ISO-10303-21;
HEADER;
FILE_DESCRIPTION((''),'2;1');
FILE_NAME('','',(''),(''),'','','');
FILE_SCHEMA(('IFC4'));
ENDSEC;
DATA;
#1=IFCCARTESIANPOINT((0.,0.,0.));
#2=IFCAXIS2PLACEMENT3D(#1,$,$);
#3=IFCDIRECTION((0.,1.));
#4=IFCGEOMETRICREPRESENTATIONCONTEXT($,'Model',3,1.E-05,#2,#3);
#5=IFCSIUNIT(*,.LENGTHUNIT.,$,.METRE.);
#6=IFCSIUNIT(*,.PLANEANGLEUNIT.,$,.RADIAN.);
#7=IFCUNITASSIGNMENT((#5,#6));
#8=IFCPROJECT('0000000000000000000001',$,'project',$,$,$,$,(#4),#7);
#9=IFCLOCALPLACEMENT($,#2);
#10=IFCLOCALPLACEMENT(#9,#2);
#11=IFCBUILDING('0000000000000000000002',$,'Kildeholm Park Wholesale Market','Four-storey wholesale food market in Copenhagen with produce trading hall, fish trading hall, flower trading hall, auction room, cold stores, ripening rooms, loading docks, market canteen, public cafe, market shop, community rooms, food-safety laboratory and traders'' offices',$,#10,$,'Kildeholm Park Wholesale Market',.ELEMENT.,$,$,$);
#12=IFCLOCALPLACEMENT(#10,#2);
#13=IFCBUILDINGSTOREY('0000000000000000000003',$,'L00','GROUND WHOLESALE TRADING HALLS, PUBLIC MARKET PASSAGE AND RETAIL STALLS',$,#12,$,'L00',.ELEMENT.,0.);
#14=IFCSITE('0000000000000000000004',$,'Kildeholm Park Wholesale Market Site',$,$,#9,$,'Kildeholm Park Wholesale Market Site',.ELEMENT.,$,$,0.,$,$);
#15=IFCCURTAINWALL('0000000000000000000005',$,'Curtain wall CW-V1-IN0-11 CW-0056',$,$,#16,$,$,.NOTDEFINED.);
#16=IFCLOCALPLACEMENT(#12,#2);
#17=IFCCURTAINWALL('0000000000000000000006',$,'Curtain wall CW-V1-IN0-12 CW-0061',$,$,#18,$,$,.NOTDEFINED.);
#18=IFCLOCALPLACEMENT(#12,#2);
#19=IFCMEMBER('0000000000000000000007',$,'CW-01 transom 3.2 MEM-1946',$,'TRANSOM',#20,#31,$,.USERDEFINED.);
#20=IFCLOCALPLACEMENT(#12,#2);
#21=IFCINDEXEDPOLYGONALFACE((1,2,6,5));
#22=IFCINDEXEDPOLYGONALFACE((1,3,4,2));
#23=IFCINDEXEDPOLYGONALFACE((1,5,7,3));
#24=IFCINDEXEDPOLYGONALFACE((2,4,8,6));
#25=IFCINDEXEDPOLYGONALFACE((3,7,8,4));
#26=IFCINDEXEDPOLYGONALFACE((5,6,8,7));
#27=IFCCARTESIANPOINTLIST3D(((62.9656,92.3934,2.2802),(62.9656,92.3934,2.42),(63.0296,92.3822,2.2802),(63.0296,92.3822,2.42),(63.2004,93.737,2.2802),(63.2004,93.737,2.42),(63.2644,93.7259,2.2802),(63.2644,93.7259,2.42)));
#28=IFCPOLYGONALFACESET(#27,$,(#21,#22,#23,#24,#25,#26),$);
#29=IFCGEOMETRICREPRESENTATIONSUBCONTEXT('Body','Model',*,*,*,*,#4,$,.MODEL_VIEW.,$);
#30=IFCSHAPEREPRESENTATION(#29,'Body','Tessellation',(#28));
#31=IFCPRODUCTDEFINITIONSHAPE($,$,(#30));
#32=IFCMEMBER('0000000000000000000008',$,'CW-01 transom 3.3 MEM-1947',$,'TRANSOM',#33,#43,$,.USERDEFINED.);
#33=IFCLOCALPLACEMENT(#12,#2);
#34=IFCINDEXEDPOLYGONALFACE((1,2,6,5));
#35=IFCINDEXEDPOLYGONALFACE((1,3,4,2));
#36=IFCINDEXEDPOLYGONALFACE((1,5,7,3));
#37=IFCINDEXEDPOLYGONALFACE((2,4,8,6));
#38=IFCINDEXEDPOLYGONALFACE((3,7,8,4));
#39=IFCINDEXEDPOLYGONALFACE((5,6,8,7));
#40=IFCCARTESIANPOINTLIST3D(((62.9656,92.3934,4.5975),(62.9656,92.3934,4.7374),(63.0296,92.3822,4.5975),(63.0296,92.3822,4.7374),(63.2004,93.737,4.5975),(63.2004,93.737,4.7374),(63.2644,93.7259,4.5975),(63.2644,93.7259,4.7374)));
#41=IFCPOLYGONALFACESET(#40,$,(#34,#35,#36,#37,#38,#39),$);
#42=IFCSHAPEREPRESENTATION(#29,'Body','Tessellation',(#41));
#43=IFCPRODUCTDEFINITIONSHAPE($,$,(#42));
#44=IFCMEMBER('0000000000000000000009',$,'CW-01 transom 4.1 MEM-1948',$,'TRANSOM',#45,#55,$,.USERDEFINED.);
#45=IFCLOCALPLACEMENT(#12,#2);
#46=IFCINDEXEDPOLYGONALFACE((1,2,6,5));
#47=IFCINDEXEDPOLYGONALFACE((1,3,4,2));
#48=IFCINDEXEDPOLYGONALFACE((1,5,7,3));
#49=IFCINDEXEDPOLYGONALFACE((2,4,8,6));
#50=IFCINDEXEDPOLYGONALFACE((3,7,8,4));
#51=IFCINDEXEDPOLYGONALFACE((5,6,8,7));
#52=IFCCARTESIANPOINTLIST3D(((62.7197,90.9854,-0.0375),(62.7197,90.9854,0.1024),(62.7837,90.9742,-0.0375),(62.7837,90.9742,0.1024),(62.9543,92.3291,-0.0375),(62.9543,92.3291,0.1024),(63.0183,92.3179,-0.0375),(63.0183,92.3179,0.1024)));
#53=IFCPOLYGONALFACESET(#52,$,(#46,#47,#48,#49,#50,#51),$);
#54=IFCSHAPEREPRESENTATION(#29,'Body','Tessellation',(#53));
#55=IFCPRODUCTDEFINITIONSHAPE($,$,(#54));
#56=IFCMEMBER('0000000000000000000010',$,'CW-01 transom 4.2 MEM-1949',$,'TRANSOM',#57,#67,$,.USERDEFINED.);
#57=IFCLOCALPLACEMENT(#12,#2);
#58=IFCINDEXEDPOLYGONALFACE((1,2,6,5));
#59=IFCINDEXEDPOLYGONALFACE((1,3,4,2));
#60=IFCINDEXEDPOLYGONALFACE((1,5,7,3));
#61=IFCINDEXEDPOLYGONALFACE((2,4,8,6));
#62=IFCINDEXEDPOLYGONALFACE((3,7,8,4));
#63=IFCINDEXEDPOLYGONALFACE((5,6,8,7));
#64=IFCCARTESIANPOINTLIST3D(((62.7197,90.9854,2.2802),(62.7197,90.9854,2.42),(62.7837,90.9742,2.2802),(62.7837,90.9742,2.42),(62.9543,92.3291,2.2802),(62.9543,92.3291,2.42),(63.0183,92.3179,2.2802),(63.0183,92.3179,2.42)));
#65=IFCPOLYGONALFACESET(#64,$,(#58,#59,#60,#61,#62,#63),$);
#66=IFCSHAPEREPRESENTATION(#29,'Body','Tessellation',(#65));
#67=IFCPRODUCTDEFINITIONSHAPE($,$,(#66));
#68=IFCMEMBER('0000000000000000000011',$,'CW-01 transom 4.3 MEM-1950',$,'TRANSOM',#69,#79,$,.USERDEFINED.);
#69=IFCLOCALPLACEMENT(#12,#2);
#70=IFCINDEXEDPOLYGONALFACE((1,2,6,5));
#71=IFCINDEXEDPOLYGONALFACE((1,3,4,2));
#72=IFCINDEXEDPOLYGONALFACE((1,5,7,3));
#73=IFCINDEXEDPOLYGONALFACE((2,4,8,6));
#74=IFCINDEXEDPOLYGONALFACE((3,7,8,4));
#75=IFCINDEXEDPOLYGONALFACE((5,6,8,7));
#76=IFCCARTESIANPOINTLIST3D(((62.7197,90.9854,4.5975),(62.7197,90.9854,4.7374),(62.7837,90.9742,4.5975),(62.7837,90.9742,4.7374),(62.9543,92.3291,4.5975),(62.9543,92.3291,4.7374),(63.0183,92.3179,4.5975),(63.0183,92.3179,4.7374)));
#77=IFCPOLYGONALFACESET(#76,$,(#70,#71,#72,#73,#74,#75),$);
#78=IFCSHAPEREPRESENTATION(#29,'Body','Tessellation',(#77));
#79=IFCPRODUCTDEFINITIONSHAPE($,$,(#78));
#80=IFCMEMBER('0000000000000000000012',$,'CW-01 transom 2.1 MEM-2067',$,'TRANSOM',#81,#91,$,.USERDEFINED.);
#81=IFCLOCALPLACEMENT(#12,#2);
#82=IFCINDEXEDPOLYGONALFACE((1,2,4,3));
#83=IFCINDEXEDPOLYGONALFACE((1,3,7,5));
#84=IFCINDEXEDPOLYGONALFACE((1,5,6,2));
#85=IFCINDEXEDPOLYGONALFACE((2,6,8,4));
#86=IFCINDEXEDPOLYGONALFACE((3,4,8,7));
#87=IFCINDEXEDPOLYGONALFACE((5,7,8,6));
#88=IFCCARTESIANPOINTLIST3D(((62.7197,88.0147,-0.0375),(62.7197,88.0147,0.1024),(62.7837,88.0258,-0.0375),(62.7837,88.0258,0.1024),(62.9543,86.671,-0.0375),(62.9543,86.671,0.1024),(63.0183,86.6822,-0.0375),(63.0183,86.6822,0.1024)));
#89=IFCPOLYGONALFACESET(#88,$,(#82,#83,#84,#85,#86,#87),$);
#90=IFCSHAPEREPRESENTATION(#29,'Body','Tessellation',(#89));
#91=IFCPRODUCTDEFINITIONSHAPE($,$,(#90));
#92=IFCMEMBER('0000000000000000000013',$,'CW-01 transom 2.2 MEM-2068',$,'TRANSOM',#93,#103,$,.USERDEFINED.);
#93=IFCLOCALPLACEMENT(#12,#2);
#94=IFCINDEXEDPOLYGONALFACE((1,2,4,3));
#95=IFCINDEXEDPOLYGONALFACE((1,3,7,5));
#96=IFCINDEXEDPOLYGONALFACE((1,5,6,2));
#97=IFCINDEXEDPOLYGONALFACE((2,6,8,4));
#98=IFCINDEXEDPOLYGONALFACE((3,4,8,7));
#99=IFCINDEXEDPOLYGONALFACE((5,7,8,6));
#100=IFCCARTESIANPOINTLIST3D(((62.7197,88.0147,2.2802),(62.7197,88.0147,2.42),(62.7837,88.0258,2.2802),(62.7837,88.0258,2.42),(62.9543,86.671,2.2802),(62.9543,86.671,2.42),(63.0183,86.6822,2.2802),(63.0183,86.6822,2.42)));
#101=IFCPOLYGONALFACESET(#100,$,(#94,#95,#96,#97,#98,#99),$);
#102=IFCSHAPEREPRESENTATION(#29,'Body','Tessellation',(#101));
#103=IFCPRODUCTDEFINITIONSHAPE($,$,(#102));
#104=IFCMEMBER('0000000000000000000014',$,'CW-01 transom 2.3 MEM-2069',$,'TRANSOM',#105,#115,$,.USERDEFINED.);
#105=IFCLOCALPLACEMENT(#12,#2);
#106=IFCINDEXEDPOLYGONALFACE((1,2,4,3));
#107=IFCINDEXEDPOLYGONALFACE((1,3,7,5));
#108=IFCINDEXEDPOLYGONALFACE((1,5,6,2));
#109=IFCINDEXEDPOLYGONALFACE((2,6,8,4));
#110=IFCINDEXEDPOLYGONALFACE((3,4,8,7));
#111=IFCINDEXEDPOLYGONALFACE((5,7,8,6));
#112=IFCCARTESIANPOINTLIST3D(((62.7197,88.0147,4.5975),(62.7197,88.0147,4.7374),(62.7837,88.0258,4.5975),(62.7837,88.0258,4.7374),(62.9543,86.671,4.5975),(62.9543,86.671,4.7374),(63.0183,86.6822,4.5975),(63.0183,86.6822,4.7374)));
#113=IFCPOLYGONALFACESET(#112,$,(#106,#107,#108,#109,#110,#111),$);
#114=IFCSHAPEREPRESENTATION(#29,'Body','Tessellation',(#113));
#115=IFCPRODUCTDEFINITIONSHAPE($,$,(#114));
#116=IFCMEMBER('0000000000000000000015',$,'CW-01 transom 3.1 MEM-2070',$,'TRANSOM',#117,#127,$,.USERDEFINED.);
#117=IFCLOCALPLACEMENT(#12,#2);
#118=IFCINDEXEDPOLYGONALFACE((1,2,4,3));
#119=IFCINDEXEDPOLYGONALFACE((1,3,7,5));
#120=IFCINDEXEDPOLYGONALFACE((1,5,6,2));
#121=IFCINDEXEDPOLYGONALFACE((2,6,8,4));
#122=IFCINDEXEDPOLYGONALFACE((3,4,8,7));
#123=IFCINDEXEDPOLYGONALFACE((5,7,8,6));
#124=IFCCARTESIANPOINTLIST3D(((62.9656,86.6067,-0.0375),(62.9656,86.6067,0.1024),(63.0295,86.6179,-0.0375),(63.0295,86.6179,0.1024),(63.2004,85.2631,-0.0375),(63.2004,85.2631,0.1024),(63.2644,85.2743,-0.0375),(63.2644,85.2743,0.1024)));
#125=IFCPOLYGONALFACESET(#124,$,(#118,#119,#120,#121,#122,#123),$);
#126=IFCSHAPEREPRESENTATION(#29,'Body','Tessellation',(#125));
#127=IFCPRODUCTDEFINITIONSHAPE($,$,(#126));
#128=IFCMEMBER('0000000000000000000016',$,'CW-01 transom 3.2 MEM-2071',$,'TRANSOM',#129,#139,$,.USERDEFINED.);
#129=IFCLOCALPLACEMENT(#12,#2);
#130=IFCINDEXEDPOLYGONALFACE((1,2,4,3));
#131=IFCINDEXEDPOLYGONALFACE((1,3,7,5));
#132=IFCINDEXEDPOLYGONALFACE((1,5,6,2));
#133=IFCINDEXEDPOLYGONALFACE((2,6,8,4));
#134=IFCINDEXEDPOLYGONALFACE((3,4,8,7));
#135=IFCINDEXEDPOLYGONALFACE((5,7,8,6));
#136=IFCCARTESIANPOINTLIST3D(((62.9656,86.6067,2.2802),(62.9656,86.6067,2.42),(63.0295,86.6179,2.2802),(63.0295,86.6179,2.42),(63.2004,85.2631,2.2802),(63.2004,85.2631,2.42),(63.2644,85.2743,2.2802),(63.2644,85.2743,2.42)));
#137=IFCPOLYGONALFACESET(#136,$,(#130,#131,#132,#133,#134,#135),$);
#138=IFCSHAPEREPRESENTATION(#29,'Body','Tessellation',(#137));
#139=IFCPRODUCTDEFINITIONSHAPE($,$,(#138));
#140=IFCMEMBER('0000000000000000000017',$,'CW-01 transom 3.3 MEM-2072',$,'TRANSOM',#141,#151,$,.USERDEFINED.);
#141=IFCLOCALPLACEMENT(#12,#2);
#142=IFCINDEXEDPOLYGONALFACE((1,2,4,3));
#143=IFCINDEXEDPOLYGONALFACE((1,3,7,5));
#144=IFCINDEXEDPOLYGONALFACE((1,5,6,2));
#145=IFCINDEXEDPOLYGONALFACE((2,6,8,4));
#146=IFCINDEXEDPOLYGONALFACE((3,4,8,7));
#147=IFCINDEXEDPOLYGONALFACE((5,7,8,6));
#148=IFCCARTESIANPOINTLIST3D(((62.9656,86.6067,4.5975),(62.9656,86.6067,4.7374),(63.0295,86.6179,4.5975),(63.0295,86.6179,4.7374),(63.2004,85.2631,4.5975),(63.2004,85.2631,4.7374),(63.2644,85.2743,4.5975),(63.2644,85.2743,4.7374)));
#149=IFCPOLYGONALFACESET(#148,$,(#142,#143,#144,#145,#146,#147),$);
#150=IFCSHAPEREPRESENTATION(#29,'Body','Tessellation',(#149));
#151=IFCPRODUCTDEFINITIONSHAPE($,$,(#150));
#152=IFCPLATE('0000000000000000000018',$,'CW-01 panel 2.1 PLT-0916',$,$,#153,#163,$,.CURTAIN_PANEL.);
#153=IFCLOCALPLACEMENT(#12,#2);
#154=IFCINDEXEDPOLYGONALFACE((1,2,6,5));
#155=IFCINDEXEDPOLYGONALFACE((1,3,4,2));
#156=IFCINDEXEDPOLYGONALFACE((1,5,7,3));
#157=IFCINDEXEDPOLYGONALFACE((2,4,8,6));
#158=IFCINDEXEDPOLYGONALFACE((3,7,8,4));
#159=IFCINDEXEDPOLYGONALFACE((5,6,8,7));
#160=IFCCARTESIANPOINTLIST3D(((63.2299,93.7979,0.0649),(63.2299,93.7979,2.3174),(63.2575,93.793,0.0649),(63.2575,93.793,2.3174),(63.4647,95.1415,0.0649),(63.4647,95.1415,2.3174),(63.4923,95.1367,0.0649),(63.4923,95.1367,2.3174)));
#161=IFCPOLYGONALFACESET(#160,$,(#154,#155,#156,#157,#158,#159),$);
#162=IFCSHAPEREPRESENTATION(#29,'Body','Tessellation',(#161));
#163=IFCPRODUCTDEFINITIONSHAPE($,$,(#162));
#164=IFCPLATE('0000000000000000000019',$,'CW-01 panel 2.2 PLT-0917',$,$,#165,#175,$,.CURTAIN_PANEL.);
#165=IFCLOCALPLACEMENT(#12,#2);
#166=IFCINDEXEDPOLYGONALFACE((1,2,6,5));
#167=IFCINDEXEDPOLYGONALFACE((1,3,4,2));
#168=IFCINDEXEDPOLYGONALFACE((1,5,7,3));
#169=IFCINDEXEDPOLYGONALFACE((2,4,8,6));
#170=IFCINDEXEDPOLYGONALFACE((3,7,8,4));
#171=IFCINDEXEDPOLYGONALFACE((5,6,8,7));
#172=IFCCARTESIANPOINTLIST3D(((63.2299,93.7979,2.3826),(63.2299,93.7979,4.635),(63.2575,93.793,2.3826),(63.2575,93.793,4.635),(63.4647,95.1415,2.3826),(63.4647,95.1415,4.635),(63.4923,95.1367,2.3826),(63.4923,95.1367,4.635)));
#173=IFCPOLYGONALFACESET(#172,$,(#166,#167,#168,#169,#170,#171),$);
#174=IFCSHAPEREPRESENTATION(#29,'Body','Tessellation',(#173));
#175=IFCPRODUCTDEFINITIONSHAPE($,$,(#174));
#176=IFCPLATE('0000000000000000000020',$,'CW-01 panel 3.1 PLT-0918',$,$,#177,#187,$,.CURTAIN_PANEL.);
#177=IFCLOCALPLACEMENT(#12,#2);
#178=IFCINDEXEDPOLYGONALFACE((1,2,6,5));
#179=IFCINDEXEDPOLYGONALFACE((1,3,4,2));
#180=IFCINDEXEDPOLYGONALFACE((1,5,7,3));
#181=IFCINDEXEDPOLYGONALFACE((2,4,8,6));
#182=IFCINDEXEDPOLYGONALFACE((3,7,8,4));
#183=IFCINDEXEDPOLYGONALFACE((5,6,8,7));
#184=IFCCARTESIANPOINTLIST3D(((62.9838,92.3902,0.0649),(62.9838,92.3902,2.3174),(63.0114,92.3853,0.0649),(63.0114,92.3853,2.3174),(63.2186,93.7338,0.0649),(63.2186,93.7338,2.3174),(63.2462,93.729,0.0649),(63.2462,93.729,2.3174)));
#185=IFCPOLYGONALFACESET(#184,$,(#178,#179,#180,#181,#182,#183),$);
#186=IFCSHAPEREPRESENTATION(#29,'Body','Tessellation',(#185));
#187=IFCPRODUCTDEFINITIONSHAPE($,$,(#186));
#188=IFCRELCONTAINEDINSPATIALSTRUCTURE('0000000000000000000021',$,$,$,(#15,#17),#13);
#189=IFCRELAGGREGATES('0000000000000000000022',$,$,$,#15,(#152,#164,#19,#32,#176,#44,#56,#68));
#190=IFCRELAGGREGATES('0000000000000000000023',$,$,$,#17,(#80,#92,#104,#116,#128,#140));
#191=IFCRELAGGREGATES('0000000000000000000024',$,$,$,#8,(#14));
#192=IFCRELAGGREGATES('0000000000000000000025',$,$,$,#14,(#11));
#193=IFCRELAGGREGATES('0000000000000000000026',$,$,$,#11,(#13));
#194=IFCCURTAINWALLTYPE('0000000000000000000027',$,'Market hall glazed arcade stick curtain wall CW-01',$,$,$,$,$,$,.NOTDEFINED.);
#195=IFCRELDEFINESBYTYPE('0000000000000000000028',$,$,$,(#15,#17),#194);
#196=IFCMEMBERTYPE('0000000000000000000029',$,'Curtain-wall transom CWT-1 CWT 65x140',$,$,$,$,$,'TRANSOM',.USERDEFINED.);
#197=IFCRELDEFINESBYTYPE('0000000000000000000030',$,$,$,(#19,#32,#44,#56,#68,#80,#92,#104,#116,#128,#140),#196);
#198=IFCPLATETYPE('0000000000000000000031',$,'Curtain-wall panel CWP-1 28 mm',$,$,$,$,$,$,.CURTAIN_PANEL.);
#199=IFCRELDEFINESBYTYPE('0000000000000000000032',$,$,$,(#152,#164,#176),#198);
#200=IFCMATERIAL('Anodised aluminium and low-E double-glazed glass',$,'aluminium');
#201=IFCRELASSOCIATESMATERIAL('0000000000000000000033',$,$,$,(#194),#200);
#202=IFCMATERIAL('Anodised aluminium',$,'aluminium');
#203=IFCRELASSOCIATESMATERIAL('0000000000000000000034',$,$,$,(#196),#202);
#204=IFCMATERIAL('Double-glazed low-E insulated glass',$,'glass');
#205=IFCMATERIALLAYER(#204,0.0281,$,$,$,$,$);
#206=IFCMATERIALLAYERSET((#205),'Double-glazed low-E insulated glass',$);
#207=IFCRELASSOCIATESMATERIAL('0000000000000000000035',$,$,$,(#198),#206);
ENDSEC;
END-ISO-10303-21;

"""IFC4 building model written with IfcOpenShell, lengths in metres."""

from ifc_helpers import new_model, si_unit, direction, frame, origin, origin_2d, place, context, subcontext, project, spatial, rectangle, extrude, material, layer, layer_set, material_profile, profile_set, type_object, element, aggregate, save


model = new_model("IFC4")

# Units and contexts
model_context = context("Model", 3, precision=1e-05, world=origin(), true_north=direction((0.0, 1.0)))
body_context = subcontext(model_context, "Body", "Model", "MODEL_VIEW")
ifc_project = project(units=[si_unit("LENGTHUNIT", "METRE"), si_unit("PLANEANGLEUNIT", "RADIAN")], contexts=[model_context])

# Site, building, storey
site_placement = place(None, origin())
site = spatial("IfcSite", under=ifc_project, at=site_placement, Name="Kildeholm Park Wholesale Market Site", LongName="Kildeholm Park Wholesale Market Site", CompositionType="ELEMENT", RefElevation=0.0)
building_placement = place(site_placement, origin())
building = spatial("IfcBuilding", under=site, at=building_placement, Name="Kildeholm Park Wholesale Market", Description="Four-storey wholesale food market in Copenhagen with produce trading hall, fish trading hall, flower trading hall, auction room, cold stores, ripening rooms, loading docks, market canteen, public cafe, market shop, community rooms, food-safety laboratory and traders' offices", LongName="Kildeholm Park Wholesale Market", CompositionType="ELEMENT")
storey_placement = place(building_placement, origin())
storey = spatial("IfcBuildingStorey", under=building, at=storey_placement, Name="L00", Description="GROUND WHOLESALE TRADING HALLS, PUBLIC MARKET PASSAGE AND RETAIL STALLS", LongName="L00", CompositionType="ELEMENT", Elevation=0.0)

# Curtain walls
ifc_material_1 = material(Name="Anodised aluminium and low-E double-glazed glass", Category="aluminium")
curtain_wall_type = type_object("IfcCurtainWallType", Name="Market hall glazed arcade stick curtain wall CW-01", PredefinedType="NOTDEFINED", material=ifc_material_1)
curtain_wall_1_placement = place(storey_placement, origin())
curtain_wall_1 = element("IfcCurtainWall", 1, at=curtain_wall_1_placement, inside=storey, type_object=curtain_wall_type, Name="Curtain wall CW-V1-IN0-11 CW-0056", PredefinedType="NOTDEFINED")
ifc_material_2 = material(Name="Anodised aluminium", Category="aluminium")
curtain_wall_2_placement = place(storey_placement, origin())
curtain_wall_2 = element("IfcCurtainWall", 2, at=curtain_wall_2_placement, inside=storey, type_object=curtain_wall_type, Name="Curtain wall CW-V1-IN0-12 CW-0061", PredefinedType="NOTDEFINED")

# Members
ifc_material_profile_1 = material_profile(ifc_material_2, rectangle(XDim=0.0649, YDim=0.1399, at=origin_2d()), Name="CWT 65x140")
ifc_profile_set_1 = profile_set([ifc_material_profile_1], Name="Anodised aluminium")
member_type_1 = type_object("IfcMemberType", Name="Curtain-wall transom CWT-1 CWT 65x140", ElementType="TRANSOM", PredefinedType="USERDEFINED", material=ifc_profile_set_1)
member_1_placement = place(storey_placement, frame((63.2324, 93.7314, 2.3501), z_axis=(-0.172172, -0.985067, 0.0), x_axis=(0.985067, -0.172172, 0.0)))
member_1 = element("IfcMember", 3, at=member_1_placement, type_object=member_type_1, Name="CW-01 transom 3.2 MEM-1946", ObjectType="TRANSOM", PredefinedType="USERDEFINED", context=body_context, shape_type="SweptSolid", body=[
    extrude(rectangle(XDim=0.0649, YDim=0.1399, at=origin_2d()), origin(), (0.0, 0.0, 1.0), 1.364),
])
member_2_placement = place(storey_placement, frame((63.2324, 93.7314, 4.6675), z_axis=(-0.172172, -0.985067, 0.0), x_axis=(0.985067, -0.172172, 0.0)))
member_2 = element("IfcMember", 4, at=member_2_placement, type_object=member_type_1, Name="CW-01 transom 3.3 MEM-1947", ObjectType="TRANSOM", PredefinedType="USERDEFINED", context=body_context, shape_type="SweptSolid", body=[
    extrude(rectangle(XDim=0.0649, YDim=0.1399, at=origin_2d()), origin(), (0.0, 0.0, 1.0), 1.364),
])
member_3_placement = place(storey_placement, frame((62.9863, 92.3235, 0.0325), z_axis=(-0.171998, -0.985097, 0.0), x_axis=(0.985097, -0.171998, 0.0)))
member_3 = element("IfcMember", 5, at=member_3_placement, type_object=member_type_1, Name="CW-01 transom 4.1 MEM-1948", ObjectType="TRANSOM", PredefinedType="USERDEFINED", context=body_context, shape_type="SweptSolid", body=[
    extrude(rectangle(XDim=0.0649, YDim=0.1399, at=origin_2d()), origin(), (0.0, 0.0, 1.0), 1.364),
])
member_4_placement = place(storey_placement, frame((62.9863, 92.3235, 2.3501), z_axis=(-0.171998, -0.985097, 0.0), x_axis=(0.985097, -0.171998, 0.0)))
member_4 = element("IfcMember", 6, at=member_4_placement, type_object=member_type_1, Name="CW-01 transom 4.2 MEM-1949", ObjectType="TRANSOM", PredefinedType="USERDEFINED", context=body_context, shape_type="SweptSolid", body=[
    extrude(rectangle(XDim=0.0649, YDim=0.1399, at=origin_2d()), origin(), (0.0, 0.0, 1.0), 1.364),
])
member_5_placement = place(storey_placement, frame((62.9863, 92.3235, 4.6675), z_axis=(-0.171998, -0.985097, 0.0), x_axis=(0.985097, -0.171998, 0.0)))
member_5 = element("IfcMember", 7, at=member_5_placement, type_object=member_type_1, Name="CW-01 transom 4.3 MEM-1950", ObjectType="TRANSOM", PredefinedType="USERDEFINED", context=body_context, shape_type="SweptSolid", body=[
    extrude(rectangle(XDim=0.0649, YDim=0.1399, at=origin_2d()), origin(), (0.0, 0.0, 1.0), 1.364),
])
member_6_placement = place(storey_placement, frame((62.7517, 88.0203, 0.0325), z_axis=(0.171998, -0.985097, 0.0), x_axis=(0.985097, 0.171998, 0.0)))
member_6 = element("IfcMember", 8, at=member_6_placement, type_object=member_type_1, Name="CW-01 transom 2.1 MEM-2067", ObjectType="TRANSOM", PredefinedType="USERDEFINED", context=body_context, shape_type="SweptSolid", body=[
    extrude(rectangle(XDim=0.0649, YDim=0.1399, at=origin_2d()), origin(), (0.0, 0.0, 1.0), 1.364),
])
member_7_placement = place(storey_placement, frame((62.7517, 88.0203, 2.3501), z_axis=(0.171998, -0.985097, 0.0), x_axis=(0.985097, 0.171998, 0.0)))
member_7 = element("IfcMember", 9, at=member_7_placement, type_object=member_type_1, Name="CW-01 transom 2.2 MEM-2068", ObjectType="TRANSOM", PredefinedType="USERDEFINED", context=body_context, shape_type="SweptSolid", body=[
    extrude(rectangle(XDim=0.0649, YDim=0.1399, at=origin_2d()), origin(), (0.0, 0.0, 1.0), 1.364),
])
member_8_placement = place(storey_placement, frame((62.7517, 88.0203, 4.6675), z_axis=(0.171998, -0.985097, 0.0), x_axis=(0.985097, 0.171998, 0.0)))
member_8 = element("IfcMember", 10, at=member_8_placement, type_object=member_type_1, Name="CW-01 transom 2.3 MEM-2069", ObjectType="TRANSOM", PredefinedType="USERDEFINED", context=body_context, shape_type="SweptSolid", body=[
    extrude(rectangle(XDim=0.0649, YDim=0.1399, at=origin_2d()), origin(), (0.0, 0.0, 1.0), 1.364),
])
member_9_placement = place(storey_placement, frame((62.9976, 86.6123, 0.0325), z_axis=(0.172172, -0.985067, 0.0), x_axis=(0.985067, 0.172172, 0.0)))
member_9 = element("IfcMember", 11, at=member_9_placement, type_object=member_type_1, Name="CW-01 transom 3.1 MEM-2070", ObjectType="TRANSOM", PredefinedType="USERDEFINED", context=body_context, shape_type="SweptSolid", body=[
    extrude(rectangle(XDim=0.0649, YDim=0.1399, at=origin_2d()), origin(), (0.0, 0.0, 1.0), 1.364),
])
member_10_placement = place(storey_placement, frame((62.9976, 86.6123, 2.3501), z_axis=(0.172172, -0.985067, 0.0), x_axis=(0.985067, 0.172172, 0.0)))
member_10 = element("IfcMember", 12, at=member_10_placement, type_object=member_type_1, Name="CW-01 transom 3.2 MEM-2071", ObjectType="TRANSOM", PredefinedType="USERDEFINED", context=body_context, shape_type="SweptSolid", body=[
    extrude(rectangle(XDim=0.0649, YDim=0.1399, at=origin_2d()), origin(), (0.0, 0.0, 1.0), 1.364),
])
member_11_placement = place(storey_placement, frame((62.9976, 86.6123, 4.6675), z_axis=(0.172172, -0.985067, 0.0), x_axis=(0.985067, 0.172172, 0.0)))
member_11 = element("IfcMember", 13, at=member_11_placement, type_object=member_type_1, Name="CW-01 transom 3.3 MEM-2072", ObjectType="TRANSOM", PredefinedType="USERDEFINED", context=body_context, shape_type="SweptSolid", body=[
    extrude(rectangle(XDim=0.0649, YDim=0.1399, at=origin_2d()), origin(), (0.0, 0.0, 1.0), 1.364),
])

# Plates
ifc_material_3 = material(Name="Double-glazed low-E insulated glass", Category="glass")
ifc_layer = layer(ifc_material_3, 0.0281)
ifc_layer_set = layer_set([ifc_layer], Name="Double-glazed low-E insulated glass")
plate_type = type_object("IfcPlateType", Name="Curtain-wall panel CWP-1 28 mm", PredefinedType="CURTAIN_PANEL", material=ifc_layer_set)
plate_1_placement = place(storey_placement, frame((63.3611, 94.4673, 0.0649), z_axis=(0.0, 0.0, 1.0), x_axis=(-0.172133, -0.985074, 0.0)))
plate_1 = element("IfcPlate", 14, at=plate_1_placement, type_object=plate_type, Name="CW-01 panel 2.1 PLT-0916", PredefinedType="CURTAIN_PANEL", context=body_context, shape_type="SweptSolid", body=[
    extrude(rectangle(XDim=1.364, YDim=0.0281, at=origin_2d()), origin(), (0.0, 0.0, 1.0), 2.2524),
])
plate_2_placement = place(storey_placement, frame((63.3611, 94.4673, 2.3826), z_axis=(0.0, 0.0, 1.0), x_axis=(-0.172133, -0.985074, 0.0)))
plate_2 = element("IfcPlate", 15, at=plate_2_placement, type_object=plate_type, Name="CW-01 panel 2.2 PLT-0917", PredefinedType="CURTAIN_PANEL", context=body_context, shape_type="SweptSolid", body=[
    extrude(rectangle(XDim=1.364, YDim=0.0281, at=origin_2d()), origin(), (0.0, 0.0, 1.0), 2.2524),
])
plate_3_placement = place(storey_placement, frame((63.115, 93.0596, 0.0649), z_axis=(0.0, 0.0, 1.0), x_axis=(-0.172133, -0.985074, 0.0)))
plate_3 = element("IfcPlate", 16, at=plate_3_placement, type_object=plate_type, Name="CW-01 panel 3.1 PLT-0918", PredefinedType="CURTAIN_PANEL", context=body_context, shape_type="SweptSolid", body=[
    extrude(rectangle(XDim=1.364, YDim=0.0281, at=origin_2d()), origin(), (0.0, 0.0, 1.0), 2.2524),
])
aggregate(curtain_wall_1, [plate_1, plate_2, member_1, member_2, plate_3, member_3, member_4, member_5])
aggregate(curtain_wall_2, [member_6, member_7, member_8, member_9, member_10, member_11])

save(model, "model.ifc")
